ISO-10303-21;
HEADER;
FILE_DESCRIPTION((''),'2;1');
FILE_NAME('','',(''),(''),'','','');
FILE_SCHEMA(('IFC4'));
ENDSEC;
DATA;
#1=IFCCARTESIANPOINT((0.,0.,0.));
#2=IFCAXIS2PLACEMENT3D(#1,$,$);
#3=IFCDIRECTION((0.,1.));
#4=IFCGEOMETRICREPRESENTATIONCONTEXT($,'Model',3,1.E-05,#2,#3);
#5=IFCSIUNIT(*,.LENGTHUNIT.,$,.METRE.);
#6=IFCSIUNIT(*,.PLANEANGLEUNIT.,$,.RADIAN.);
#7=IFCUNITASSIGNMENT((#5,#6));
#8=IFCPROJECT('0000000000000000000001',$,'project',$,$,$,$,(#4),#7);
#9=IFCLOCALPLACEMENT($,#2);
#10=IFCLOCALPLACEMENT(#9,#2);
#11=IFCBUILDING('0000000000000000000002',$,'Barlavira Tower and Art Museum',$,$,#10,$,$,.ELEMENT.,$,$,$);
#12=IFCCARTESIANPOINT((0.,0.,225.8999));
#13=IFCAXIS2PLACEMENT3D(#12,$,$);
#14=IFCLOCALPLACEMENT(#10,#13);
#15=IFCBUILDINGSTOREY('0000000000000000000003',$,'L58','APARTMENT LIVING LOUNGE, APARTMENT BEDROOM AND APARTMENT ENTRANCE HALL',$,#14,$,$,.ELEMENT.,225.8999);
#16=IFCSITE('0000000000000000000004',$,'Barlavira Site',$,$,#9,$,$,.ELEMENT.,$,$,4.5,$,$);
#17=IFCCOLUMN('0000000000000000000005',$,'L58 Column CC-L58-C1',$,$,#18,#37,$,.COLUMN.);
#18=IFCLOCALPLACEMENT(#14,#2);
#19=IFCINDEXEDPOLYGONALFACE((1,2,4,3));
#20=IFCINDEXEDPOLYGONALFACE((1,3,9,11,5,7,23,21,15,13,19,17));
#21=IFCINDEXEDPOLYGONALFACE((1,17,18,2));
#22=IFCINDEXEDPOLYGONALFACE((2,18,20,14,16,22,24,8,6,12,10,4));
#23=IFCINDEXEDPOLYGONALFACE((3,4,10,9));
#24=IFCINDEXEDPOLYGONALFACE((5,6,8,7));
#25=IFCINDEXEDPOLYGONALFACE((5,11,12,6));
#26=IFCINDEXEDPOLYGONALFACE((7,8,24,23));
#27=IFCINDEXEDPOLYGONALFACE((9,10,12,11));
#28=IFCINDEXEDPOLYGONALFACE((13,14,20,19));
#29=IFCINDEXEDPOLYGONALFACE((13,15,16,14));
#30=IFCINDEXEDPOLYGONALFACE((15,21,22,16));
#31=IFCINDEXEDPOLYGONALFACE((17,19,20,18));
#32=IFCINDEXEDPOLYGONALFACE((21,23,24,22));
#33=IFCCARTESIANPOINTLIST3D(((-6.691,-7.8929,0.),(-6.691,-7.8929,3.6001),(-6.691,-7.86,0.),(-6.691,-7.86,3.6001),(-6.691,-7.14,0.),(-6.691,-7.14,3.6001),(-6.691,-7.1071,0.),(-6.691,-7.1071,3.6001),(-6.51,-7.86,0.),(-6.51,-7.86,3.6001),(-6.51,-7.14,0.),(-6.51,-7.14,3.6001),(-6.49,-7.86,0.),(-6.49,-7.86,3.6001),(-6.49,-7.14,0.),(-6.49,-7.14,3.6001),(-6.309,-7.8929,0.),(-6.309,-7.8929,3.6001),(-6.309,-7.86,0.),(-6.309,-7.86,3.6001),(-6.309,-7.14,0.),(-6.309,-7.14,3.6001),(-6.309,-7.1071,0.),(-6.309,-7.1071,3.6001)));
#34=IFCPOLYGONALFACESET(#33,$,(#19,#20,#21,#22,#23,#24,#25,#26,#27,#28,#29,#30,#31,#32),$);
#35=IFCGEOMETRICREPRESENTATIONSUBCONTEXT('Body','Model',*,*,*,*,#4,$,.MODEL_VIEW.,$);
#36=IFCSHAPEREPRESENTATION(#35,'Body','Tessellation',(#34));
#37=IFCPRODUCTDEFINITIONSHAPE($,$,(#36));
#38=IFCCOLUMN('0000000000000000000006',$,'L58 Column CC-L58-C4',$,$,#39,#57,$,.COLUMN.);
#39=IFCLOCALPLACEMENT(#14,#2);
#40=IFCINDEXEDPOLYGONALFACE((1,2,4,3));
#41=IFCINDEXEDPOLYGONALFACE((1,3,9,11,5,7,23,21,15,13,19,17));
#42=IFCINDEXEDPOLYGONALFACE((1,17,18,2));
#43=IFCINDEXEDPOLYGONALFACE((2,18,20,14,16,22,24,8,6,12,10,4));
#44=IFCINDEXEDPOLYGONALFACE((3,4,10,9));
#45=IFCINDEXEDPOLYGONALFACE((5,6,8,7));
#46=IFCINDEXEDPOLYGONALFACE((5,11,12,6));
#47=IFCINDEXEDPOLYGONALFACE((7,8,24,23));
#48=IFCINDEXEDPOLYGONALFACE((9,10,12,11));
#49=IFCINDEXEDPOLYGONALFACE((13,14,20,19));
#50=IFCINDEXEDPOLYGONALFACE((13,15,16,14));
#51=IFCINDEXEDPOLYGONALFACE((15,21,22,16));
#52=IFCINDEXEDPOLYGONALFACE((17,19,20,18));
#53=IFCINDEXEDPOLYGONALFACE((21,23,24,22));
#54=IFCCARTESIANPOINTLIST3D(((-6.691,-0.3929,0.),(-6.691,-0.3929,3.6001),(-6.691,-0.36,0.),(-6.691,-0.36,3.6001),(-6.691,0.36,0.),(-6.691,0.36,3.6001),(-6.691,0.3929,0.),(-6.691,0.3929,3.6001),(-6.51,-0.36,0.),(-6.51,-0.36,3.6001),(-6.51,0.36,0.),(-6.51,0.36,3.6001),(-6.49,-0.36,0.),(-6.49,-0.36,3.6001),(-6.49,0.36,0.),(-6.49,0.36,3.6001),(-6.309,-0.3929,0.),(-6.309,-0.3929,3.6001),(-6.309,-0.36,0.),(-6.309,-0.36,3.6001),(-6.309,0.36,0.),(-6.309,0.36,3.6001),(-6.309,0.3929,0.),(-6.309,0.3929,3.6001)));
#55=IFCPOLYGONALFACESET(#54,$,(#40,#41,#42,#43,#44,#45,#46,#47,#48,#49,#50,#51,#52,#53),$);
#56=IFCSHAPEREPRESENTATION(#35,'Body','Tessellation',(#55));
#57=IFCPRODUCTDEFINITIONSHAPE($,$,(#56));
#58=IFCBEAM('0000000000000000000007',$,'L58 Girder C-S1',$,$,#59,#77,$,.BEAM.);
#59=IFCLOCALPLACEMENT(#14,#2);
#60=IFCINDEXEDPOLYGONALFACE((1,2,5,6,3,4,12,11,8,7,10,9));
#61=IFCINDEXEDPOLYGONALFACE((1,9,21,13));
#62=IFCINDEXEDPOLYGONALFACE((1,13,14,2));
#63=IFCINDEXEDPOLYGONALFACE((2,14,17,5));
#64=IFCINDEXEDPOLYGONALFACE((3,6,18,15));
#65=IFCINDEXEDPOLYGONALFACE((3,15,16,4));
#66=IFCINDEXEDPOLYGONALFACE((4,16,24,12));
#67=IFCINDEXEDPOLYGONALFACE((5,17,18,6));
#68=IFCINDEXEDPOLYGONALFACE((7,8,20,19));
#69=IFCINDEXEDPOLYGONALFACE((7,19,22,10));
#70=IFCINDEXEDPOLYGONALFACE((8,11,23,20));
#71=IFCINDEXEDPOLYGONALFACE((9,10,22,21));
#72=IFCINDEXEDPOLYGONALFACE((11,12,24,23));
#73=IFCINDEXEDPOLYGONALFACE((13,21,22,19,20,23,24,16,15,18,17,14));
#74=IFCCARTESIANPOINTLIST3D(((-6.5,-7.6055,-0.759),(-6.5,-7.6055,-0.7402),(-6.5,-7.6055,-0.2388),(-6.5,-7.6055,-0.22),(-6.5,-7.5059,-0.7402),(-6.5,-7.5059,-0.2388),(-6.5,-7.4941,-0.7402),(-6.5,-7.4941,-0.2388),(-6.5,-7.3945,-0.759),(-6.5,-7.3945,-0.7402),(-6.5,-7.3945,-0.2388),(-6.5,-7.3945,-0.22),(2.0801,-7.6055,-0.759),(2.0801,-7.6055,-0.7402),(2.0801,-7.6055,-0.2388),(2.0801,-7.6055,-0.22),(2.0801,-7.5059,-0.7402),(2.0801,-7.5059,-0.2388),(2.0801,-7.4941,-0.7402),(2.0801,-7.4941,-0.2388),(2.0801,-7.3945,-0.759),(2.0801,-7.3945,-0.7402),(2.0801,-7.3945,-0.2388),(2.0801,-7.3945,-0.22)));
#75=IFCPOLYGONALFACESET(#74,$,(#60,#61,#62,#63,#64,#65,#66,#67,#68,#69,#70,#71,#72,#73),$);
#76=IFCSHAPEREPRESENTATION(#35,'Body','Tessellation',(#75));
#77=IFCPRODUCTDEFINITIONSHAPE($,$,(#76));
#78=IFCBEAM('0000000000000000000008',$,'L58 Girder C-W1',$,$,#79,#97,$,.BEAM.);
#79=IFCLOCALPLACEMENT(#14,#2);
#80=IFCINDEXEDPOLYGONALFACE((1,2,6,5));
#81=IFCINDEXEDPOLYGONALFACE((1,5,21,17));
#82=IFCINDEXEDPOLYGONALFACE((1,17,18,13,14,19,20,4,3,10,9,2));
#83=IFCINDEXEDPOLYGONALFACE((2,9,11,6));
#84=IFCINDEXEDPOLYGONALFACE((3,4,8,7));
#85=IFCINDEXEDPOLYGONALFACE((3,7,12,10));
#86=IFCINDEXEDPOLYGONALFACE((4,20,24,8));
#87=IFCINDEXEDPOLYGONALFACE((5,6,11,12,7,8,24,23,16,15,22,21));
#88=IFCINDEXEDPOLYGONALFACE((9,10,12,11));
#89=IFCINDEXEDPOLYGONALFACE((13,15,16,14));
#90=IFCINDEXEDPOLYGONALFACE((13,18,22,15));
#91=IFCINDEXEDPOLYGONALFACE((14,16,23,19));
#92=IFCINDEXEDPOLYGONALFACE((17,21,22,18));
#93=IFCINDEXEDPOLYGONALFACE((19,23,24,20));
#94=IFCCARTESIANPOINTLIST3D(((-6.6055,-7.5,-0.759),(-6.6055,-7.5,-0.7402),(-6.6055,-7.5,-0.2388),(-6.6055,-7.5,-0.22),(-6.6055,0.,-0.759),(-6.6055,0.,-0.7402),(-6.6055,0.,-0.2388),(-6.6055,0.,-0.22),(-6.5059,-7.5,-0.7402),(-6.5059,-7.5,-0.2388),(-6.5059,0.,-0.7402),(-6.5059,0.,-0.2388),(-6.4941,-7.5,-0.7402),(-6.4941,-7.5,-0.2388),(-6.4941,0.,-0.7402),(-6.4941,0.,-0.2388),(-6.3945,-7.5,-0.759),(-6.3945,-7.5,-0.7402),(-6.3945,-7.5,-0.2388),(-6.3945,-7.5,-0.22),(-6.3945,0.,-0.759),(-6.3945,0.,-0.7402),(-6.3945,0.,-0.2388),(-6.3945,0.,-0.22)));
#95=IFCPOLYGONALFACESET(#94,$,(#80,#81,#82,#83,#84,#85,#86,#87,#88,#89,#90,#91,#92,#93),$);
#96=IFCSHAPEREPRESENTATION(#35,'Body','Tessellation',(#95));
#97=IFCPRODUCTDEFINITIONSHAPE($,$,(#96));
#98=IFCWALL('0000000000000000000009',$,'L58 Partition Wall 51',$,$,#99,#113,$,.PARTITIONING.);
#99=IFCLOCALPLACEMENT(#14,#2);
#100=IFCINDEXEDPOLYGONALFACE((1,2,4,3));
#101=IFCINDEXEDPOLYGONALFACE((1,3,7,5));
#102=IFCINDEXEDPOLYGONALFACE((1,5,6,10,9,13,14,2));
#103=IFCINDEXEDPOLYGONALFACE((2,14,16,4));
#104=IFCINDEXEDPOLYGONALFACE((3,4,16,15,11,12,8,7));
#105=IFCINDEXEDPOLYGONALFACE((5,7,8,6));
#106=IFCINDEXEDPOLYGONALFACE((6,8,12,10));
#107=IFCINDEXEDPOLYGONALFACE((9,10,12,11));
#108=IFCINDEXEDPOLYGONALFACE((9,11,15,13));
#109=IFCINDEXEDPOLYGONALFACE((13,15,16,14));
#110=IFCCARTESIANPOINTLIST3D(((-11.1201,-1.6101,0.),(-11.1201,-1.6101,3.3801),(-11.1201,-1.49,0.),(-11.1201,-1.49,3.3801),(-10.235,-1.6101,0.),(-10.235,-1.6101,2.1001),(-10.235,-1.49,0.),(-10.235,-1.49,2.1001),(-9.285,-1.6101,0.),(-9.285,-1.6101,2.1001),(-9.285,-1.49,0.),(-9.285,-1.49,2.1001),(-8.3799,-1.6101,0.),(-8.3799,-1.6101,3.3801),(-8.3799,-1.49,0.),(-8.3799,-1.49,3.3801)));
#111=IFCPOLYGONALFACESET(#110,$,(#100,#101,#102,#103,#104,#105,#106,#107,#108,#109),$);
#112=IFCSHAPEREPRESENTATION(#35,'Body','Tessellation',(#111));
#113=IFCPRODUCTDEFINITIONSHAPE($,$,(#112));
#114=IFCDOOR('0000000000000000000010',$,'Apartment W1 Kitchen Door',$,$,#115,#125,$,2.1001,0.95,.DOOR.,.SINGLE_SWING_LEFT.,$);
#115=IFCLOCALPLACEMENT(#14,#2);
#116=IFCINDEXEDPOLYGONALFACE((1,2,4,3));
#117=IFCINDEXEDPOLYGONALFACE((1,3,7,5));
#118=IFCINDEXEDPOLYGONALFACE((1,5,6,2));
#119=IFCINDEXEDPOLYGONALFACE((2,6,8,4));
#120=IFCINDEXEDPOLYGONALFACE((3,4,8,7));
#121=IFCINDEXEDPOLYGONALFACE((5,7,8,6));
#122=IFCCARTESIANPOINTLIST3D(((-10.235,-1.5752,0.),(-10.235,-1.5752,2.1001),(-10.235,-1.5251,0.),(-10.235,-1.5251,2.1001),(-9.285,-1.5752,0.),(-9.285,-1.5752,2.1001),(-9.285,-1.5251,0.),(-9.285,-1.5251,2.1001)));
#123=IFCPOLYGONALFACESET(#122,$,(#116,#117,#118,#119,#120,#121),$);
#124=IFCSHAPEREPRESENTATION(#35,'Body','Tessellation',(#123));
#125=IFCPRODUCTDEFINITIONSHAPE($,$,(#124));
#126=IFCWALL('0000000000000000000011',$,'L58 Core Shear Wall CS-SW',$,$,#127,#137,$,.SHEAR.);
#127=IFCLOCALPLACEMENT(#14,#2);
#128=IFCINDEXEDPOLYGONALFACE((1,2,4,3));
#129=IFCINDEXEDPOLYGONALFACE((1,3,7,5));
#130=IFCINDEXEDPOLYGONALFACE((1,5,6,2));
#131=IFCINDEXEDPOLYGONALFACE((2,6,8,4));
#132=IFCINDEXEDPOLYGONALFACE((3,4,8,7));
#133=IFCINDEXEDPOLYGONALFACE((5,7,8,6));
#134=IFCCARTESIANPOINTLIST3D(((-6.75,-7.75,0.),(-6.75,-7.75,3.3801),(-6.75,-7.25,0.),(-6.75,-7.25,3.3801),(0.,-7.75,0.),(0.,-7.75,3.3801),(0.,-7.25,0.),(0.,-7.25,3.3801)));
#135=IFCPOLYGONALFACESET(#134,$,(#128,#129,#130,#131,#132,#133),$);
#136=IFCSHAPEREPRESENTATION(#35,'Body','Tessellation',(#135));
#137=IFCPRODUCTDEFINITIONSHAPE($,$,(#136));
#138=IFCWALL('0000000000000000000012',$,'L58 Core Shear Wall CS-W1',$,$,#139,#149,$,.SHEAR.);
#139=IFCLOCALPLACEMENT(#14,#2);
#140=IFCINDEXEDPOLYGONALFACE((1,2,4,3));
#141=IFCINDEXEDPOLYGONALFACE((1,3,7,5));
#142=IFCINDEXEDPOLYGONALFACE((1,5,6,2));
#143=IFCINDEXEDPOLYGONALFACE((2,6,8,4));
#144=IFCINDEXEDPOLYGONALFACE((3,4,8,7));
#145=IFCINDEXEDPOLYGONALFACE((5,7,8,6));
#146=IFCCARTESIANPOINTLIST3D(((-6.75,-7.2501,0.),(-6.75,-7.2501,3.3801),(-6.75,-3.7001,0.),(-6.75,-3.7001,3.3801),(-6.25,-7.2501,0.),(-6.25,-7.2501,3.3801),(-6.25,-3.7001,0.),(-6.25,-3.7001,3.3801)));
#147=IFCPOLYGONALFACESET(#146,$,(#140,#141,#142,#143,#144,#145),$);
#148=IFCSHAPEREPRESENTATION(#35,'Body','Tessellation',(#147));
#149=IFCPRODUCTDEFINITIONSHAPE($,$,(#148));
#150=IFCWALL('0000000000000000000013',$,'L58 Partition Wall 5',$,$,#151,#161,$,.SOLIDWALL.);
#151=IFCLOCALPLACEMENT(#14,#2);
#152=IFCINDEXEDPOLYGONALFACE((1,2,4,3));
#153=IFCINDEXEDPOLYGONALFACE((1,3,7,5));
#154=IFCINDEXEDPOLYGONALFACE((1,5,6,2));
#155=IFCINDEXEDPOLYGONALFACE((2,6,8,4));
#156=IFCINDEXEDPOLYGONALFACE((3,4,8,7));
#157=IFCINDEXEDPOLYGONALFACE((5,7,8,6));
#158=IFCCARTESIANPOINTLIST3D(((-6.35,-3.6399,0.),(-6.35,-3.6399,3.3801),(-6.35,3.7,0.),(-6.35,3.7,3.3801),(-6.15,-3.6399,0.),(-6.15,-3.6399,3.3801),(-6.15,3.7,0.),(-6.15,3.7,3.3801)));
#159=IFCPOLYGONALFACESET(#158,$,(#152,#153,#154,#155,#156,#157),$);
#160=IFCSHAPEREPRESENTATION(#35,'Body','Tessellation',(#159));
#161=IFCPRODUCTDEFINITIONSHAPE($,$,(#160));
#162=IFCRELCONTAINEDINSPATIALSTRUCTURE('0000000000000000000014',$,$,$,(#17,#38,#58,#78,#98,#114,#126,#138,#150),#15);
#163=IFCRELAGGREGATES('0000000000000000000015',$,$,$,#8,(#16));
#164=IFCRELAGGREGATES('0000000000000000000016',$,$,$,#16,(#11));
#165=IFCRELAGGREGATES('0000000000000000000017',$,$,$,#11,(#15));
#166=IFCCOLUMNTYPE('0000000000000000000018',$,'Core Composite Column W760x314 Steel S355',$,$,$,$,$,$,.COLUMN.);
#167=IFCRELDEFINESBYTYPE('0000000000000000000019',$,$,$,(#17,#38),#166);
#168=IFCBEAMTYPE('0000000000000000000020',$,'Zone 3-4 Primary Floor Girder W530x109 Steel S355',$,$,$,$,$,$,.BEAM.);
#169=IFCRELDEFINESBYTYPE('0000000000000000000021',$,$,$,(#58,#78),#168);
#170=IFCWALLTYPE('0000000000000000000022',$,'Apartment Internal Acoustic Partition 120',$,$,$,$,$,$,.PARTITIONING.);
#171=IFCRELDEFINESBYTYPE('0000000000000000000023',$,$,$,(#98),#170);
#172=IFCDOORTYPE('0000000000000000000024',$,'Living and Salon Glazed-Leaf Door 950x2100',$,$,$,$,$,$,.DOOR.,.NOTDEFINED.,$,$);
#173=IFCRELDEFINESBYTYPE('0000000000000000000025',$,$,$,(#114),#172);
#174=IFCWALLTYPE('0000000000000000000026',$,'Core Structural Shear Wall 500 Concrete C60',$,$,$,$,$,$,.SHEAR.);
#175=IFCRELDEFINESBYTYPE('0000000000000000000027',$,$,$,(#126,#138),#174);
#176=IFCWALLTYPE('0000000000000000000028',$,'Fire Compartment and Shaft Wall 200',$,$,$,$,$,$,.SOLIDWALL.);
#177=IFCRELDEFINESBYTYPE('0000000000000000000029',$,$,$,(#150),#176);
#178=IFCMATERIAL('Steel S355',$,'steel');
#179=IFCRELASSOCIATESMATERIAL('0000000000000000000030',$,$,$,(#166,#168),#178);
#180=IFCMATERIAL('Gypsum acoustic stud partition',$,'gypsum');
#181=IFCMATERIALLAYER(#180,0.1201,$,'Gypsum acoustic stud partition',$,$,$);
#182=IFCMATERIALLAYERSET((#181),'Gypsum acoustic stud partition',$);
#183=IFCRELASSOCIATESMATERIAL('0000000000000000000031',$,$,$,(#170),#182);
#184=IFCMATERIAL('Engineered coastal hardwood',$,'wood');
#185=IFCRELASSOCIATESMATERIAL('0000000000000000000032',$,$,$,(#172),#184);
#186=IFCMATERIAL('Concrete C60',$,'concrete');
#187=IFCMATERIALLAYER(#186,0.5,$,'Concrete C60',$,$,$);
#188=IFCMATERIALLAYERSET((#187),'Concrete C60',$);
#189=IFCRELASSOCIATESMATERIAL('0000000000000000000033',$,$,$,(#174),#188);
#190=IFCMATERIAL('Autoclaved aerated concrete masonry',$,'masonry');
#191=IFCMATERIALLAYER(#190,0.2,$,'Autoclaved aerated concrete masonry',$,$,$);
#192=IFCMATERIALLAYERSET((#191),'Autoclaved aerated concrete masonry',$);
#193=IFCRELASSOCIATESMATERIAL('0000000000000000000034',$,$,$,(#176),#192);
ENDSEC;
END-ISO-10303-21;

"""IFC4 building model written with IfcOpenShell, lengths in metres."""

from ifc_helpers import new_model, si_unit, direction, frame, frame_2d, origin, origin_2d, place, context, subcontext, project, spatial, rectangle, i_section, extrude, material, layer, layer_set, material_profile, profile_set, type_object, element, fill, save


model = new_model("IFC4")

# Units and contexts
model_context = context("Model", 3, precision=1e-05, world=origin(), true_north=direction((0.0, 1.0)))
body_context = subcontext(model_context, "Body", "Model", "MODEL_VIEW")
ifc_project = project(units=[si_unit("LENGTHUNIT", "METRE"), si_unit("PLANEANGLEUNIT", "RADIAN")], contexts=[model_context])

# Site, building, storey
site_placement = place(None, origin())
site = spatial("IfcSite", under=ifc_project, at=site_placement, Name="Barlavira Site", CompositionType="ELEMENT", RefElevation=4.5)
building_placement = place(site_placement, origin())
building = spatial("IfcBuilding", under=site, at=building_placement, Name="Barlavira Tower and Art Museum", CompositionType="ELEMENT")
storey_placement = place(building_placement, frame((0.0, 0.0, 225.8999)))
storey = spatial("IfcBuildingStorey", under=building, at=storey_placement, Name="L58", Description="APARTMENT LIVING LOUNGE, APARTMENT BEDROOM AND APARTMENT ENTRANCE HALL", CompositionType="ELEMENT", Elevation=225.8999)

# Columns
ifc_material_1 = material(Name="Steel S355", Category="steel")
ifc_material_profile_1 = material_profile(ifc_material_1, i_section(OverallWidth=0.3821, OverallDepth=0.7859, WebThickness=0.02, FlangeThickness=0.033, at=origin_2d()), Name="W760x314.0")
ifc_profile_set_1 = profile_set([ifc_material_profile_1], Name="Steel S355")
column_type = type_object("IfcColumnType", Name="Core Composite Column W760x314 Steel S355", PredefinedType="COLUMN", material=ifc_profile_set_1)
for number, where, z_axis, x_axis, name in (
    (1, (-6.5, -7.5, 0.0), (0.0, 0.0, 1.0), (1.0, 0.0, 0.0), "L58 Column CC-L58-C1"),
    (2, (-6.5, 0.0, 0.0), (0.0, 0.0, 1.0), (1.0, 0.0, 0.0), "L58 Column CC-L58-C4"),
):
    element("IfcColumn", number, at=place(storey_placement, frame(where, z_axis=z_axis, x_axis=x_axis)), inside=storey, type_object=column_type, Name=name, PredefinedType="COLUMN", context=body_context, shape_type="SweptSolid", body=[
        extrude(i_section(OverallWidth=0.3821, OverallDepth=0.7859, WebThickness=0.02, FlangeThickness=0.033, at=origin_2d()), origin(), (0.0, 0.0, 1.0), 3.6001),
    ])

# Beams
ifc_material_profile_2 = material_profile(ifc_material_1, i_section(OverallWidth=0.2109, OverallDepth=0.5391, WebThickness=0.0117, FlangeThickness=0.0188, at=origin_2d()), Name="W530x109.0")
ifc_profile_set_2 = profile_set([ifc_material_profile_2], Name="Steel S355")
beam_type = type_object("IfcBeamType", Name="Zone 3-4 Primary Floor Girder W530x109 Steel S355", PredefinedType="BEAM", material=ifc_profile_set_2)
beam_1_placement = place(storey_placement, frame((-6.5, -7.5, -0.4895), z_axis=(1.0, 0.0, 0.0), x_axis=(0.0, 1.0, 0.0)))
element("IfcBeam", 3, at=beam_1_placement, inside=storey, type_object=beam_type, Name="L58 Girder C-S1", PredefinedType="BEAM", context=body_context, shape_type="SweptSolid", body=[
    extrude(i_section(OverallWidth=0.2109, OverallDepth=0.5391, WebThickness=0.0117, FlangeThickness=0.0188, at=origin_2d()), origin(), (0.0, 0.0, 1.0), 8.5801),
])
beam_2_placement = place(storey_placement, frame((-6.5, -7.5, -0.4895), z_axis=(0.0, 1.0, 0.0), x_axis=(-1.0, 0.0, 0.0)))
element("IfcBeam", 4, at=beam_2_placement, inside=storey, type_object=beam_type, Name="L58 Girder C-W1", PredefinedType="BEAM", context=body_context, shape_type="SweptSolid", body=[
    extrude(i_section(OverallWidth=0.2109, OverallDepth=0.5391, WebThickness=0.0117, FlangeThickness=0.0188, at=origin_2d()), origin(), (0.0, 0.0, 1.0), 7.5),
])

# Wall, opening, door
ifc_material_2 = material(Name="Gypsum acoustic stud partition", Category="gypsum")
ifc_layer_1 = layer(ifc_material_2, 0.1201, Name="Gypsum acoustic stud partition")
ifc_layer_set_1 = layer_set([ifc_layer_1], Name="Gypsum acoustic stud partition")
wall_type_1 = type_object("IfcWallType", Name="Apartment Internal Acoustic Partition 120", PredefinedType="PARTITIONING", material=ifc_layer_set_1)
wall_1_placement = place(storey_placement, frame((-11.1201, -1.55, 0.0), z_axis=(0.0, 0.0, 1.0), x_axis=(1.0, 0.0, 0.0)))
wall_1 = element("IfcWall", 5, at=wall_1_placement, inside=storey, type_object=wall_type_1, Name="L58 Partition Wall 51", PredefinedType="PARTITIONING", context=body_context, shape_type="SweptSolid", body=[
    extrude(rectangle(XDim=2.7402, YDim=0.1201, at=frame_2d((1.3701, 0.0))), origin(), (0.0, 0.0, 1.0), 3.3801),
])
opening_1_placement = place(wall_1_placement, frame((0.885, 0.0, 0.0)))
opening_1 = element("IfcOpeningElement", 6, at=opening_1_placement, cuts=wall_1, PredefinedType="OPENING", context=body_context, shape_type="SweptSolid", body=[
    extrude(rectangle(XDim=0.95, YDim=2.1001, at=frame_2d((0.4751, 1.05))), frame((0.0, 0.0701, 0.0), z_axis=(0.0, -1.0, 0.0), x_axis=(1.0, 0.0, 0.0)), (0.0, 0.0, 1.0), 0.1401),
])
ifc_material_3 = material(Name="Engineered coastal hardwood", Category="wood")
door_type_1 = type_object("IfcDoorType", Name="Living and Salon Glazed-Leaf Door 950x2100", OperationType="NOTDEFINED", PredefinedType="DOOR", material=ifc_material_3)
door_1_placement = place(opening_1_placement, origin())
door_1 = element("IfcDoor", 7, at=door_1_placement, inside=storey, type_object=door_type_1, Name="Apartment W1 Kitchen Door", OperationType="SINGLE_SWING_LEFT", OverallHeight=2.1001, OverallWidth=0.95, PredefinedType="DOOR", context=body_context, shape_type="SweptSolid", body=[
    extrude(rectangle(XDim=0.95, YDim=2.1001, at=frame_2d((0.4751, 1.05))), frame((0.0, 0.0249, 0.0), z_axis=(0.0, -1.0, 0.0), x_axis=(1.0, 0.0, 0.0)), (0.0, 0.0, 1.0), 0.05),
])
fill(opening_1, door_1)

# Walls
ifc_material_4 = material(Name="Concrete C60", Category="concrete")
ifc_layer_2 = layer(ifc_material_4, 0.5, Name="Concrete C60")
ifc_layer_set_2 = layer_set([ifc_layer_2], Name="Concrete C60")
wall_type_2 = type_object("IfcWallType", Name="Core Structural Shear Wall 500 Concrete C60", PredefinedType="SHEAR", material=ifc_layer_set_2)
wall_2_placement = place(storey_placement, frame((-6.75, -7.5, 0.0), z_axis=(0.0, 0.0, 1.0), x_axis=(1.0, 0.0, 0.0)))
element("IfcWall", 8, at=wall_2_placement, inside=storey, type_object=wall_type_2, Name="L58 Core Shear Wall CS-SW", PredefinedType="SHEAR", context=body_context, shape_type="SweptSolid", body=[
    extrude(rectangle(XDim=6.75, YDim=0.5, at=frame_2d((3.375, 0.0))), origin(), (0.0, 0.0, 1.0), 3.3801),
])
wall_3_placement = place(storey_placement, frame((-6.5, -7.25, 0.0), z_axis=(0.0, 0.0, 1.0), x_axis=(0.0, 1.0, 0.0)))
element("IfcWall", 9, at=wall_3_placement, inside=storey, type_object=wall_type_2, Name="L58 Core Shear Wall CS-W1", PredefinedType="SHEAR", context=body_context, shape_type="SweptSolid", body=[
    extrude(rectangle(XDim=3.55, YDim=0.5, at=frame_2d((1.7749, 0.0))), origin(), (0.0, 0.0, 1.0), 3.3801),
])
ifc_material_5 = material(Name="Autoclaved aerated concrete masonry", Category="masonry")
ifc_layer_3 = layer(ifc_material_5, 0.2, Name="Autoclaved aerated concrete masonry")
ifc_layer_set_3 = layer_set([ifc_layer_3], Name="Autoclaved aerated concrete masonry")
wall_type_3 = type_object("IfcWallType", Name="Fire Compartment and Shaft Wall 200", PredefinedType="SOLIDWALL", material=ifc_layer_set_3)
wall_4_placement = place(storey_placement, frame((-6.25, -3.6399, 0.0), z_axis=(0.0, 0.0, 1.0), x_axis=(0.0, 1.0, 0.0)))
element("IfcWall", 10, at=wall_4_placement, inside=storey, type_object=wall_type_3, Name="L58 Partition Wall 5", PredefinedType="SOLIDWALL", context=body_context, shape_type="SweptSolid", body=[
    extrude(rectangle(XDim=7.3398, YDim=0.2, at=frame_2d((3.6699, 0.0))), origin(), (0.0, 0.0, 1.0), 3.3801),
])

save(model, "model.ifc")
